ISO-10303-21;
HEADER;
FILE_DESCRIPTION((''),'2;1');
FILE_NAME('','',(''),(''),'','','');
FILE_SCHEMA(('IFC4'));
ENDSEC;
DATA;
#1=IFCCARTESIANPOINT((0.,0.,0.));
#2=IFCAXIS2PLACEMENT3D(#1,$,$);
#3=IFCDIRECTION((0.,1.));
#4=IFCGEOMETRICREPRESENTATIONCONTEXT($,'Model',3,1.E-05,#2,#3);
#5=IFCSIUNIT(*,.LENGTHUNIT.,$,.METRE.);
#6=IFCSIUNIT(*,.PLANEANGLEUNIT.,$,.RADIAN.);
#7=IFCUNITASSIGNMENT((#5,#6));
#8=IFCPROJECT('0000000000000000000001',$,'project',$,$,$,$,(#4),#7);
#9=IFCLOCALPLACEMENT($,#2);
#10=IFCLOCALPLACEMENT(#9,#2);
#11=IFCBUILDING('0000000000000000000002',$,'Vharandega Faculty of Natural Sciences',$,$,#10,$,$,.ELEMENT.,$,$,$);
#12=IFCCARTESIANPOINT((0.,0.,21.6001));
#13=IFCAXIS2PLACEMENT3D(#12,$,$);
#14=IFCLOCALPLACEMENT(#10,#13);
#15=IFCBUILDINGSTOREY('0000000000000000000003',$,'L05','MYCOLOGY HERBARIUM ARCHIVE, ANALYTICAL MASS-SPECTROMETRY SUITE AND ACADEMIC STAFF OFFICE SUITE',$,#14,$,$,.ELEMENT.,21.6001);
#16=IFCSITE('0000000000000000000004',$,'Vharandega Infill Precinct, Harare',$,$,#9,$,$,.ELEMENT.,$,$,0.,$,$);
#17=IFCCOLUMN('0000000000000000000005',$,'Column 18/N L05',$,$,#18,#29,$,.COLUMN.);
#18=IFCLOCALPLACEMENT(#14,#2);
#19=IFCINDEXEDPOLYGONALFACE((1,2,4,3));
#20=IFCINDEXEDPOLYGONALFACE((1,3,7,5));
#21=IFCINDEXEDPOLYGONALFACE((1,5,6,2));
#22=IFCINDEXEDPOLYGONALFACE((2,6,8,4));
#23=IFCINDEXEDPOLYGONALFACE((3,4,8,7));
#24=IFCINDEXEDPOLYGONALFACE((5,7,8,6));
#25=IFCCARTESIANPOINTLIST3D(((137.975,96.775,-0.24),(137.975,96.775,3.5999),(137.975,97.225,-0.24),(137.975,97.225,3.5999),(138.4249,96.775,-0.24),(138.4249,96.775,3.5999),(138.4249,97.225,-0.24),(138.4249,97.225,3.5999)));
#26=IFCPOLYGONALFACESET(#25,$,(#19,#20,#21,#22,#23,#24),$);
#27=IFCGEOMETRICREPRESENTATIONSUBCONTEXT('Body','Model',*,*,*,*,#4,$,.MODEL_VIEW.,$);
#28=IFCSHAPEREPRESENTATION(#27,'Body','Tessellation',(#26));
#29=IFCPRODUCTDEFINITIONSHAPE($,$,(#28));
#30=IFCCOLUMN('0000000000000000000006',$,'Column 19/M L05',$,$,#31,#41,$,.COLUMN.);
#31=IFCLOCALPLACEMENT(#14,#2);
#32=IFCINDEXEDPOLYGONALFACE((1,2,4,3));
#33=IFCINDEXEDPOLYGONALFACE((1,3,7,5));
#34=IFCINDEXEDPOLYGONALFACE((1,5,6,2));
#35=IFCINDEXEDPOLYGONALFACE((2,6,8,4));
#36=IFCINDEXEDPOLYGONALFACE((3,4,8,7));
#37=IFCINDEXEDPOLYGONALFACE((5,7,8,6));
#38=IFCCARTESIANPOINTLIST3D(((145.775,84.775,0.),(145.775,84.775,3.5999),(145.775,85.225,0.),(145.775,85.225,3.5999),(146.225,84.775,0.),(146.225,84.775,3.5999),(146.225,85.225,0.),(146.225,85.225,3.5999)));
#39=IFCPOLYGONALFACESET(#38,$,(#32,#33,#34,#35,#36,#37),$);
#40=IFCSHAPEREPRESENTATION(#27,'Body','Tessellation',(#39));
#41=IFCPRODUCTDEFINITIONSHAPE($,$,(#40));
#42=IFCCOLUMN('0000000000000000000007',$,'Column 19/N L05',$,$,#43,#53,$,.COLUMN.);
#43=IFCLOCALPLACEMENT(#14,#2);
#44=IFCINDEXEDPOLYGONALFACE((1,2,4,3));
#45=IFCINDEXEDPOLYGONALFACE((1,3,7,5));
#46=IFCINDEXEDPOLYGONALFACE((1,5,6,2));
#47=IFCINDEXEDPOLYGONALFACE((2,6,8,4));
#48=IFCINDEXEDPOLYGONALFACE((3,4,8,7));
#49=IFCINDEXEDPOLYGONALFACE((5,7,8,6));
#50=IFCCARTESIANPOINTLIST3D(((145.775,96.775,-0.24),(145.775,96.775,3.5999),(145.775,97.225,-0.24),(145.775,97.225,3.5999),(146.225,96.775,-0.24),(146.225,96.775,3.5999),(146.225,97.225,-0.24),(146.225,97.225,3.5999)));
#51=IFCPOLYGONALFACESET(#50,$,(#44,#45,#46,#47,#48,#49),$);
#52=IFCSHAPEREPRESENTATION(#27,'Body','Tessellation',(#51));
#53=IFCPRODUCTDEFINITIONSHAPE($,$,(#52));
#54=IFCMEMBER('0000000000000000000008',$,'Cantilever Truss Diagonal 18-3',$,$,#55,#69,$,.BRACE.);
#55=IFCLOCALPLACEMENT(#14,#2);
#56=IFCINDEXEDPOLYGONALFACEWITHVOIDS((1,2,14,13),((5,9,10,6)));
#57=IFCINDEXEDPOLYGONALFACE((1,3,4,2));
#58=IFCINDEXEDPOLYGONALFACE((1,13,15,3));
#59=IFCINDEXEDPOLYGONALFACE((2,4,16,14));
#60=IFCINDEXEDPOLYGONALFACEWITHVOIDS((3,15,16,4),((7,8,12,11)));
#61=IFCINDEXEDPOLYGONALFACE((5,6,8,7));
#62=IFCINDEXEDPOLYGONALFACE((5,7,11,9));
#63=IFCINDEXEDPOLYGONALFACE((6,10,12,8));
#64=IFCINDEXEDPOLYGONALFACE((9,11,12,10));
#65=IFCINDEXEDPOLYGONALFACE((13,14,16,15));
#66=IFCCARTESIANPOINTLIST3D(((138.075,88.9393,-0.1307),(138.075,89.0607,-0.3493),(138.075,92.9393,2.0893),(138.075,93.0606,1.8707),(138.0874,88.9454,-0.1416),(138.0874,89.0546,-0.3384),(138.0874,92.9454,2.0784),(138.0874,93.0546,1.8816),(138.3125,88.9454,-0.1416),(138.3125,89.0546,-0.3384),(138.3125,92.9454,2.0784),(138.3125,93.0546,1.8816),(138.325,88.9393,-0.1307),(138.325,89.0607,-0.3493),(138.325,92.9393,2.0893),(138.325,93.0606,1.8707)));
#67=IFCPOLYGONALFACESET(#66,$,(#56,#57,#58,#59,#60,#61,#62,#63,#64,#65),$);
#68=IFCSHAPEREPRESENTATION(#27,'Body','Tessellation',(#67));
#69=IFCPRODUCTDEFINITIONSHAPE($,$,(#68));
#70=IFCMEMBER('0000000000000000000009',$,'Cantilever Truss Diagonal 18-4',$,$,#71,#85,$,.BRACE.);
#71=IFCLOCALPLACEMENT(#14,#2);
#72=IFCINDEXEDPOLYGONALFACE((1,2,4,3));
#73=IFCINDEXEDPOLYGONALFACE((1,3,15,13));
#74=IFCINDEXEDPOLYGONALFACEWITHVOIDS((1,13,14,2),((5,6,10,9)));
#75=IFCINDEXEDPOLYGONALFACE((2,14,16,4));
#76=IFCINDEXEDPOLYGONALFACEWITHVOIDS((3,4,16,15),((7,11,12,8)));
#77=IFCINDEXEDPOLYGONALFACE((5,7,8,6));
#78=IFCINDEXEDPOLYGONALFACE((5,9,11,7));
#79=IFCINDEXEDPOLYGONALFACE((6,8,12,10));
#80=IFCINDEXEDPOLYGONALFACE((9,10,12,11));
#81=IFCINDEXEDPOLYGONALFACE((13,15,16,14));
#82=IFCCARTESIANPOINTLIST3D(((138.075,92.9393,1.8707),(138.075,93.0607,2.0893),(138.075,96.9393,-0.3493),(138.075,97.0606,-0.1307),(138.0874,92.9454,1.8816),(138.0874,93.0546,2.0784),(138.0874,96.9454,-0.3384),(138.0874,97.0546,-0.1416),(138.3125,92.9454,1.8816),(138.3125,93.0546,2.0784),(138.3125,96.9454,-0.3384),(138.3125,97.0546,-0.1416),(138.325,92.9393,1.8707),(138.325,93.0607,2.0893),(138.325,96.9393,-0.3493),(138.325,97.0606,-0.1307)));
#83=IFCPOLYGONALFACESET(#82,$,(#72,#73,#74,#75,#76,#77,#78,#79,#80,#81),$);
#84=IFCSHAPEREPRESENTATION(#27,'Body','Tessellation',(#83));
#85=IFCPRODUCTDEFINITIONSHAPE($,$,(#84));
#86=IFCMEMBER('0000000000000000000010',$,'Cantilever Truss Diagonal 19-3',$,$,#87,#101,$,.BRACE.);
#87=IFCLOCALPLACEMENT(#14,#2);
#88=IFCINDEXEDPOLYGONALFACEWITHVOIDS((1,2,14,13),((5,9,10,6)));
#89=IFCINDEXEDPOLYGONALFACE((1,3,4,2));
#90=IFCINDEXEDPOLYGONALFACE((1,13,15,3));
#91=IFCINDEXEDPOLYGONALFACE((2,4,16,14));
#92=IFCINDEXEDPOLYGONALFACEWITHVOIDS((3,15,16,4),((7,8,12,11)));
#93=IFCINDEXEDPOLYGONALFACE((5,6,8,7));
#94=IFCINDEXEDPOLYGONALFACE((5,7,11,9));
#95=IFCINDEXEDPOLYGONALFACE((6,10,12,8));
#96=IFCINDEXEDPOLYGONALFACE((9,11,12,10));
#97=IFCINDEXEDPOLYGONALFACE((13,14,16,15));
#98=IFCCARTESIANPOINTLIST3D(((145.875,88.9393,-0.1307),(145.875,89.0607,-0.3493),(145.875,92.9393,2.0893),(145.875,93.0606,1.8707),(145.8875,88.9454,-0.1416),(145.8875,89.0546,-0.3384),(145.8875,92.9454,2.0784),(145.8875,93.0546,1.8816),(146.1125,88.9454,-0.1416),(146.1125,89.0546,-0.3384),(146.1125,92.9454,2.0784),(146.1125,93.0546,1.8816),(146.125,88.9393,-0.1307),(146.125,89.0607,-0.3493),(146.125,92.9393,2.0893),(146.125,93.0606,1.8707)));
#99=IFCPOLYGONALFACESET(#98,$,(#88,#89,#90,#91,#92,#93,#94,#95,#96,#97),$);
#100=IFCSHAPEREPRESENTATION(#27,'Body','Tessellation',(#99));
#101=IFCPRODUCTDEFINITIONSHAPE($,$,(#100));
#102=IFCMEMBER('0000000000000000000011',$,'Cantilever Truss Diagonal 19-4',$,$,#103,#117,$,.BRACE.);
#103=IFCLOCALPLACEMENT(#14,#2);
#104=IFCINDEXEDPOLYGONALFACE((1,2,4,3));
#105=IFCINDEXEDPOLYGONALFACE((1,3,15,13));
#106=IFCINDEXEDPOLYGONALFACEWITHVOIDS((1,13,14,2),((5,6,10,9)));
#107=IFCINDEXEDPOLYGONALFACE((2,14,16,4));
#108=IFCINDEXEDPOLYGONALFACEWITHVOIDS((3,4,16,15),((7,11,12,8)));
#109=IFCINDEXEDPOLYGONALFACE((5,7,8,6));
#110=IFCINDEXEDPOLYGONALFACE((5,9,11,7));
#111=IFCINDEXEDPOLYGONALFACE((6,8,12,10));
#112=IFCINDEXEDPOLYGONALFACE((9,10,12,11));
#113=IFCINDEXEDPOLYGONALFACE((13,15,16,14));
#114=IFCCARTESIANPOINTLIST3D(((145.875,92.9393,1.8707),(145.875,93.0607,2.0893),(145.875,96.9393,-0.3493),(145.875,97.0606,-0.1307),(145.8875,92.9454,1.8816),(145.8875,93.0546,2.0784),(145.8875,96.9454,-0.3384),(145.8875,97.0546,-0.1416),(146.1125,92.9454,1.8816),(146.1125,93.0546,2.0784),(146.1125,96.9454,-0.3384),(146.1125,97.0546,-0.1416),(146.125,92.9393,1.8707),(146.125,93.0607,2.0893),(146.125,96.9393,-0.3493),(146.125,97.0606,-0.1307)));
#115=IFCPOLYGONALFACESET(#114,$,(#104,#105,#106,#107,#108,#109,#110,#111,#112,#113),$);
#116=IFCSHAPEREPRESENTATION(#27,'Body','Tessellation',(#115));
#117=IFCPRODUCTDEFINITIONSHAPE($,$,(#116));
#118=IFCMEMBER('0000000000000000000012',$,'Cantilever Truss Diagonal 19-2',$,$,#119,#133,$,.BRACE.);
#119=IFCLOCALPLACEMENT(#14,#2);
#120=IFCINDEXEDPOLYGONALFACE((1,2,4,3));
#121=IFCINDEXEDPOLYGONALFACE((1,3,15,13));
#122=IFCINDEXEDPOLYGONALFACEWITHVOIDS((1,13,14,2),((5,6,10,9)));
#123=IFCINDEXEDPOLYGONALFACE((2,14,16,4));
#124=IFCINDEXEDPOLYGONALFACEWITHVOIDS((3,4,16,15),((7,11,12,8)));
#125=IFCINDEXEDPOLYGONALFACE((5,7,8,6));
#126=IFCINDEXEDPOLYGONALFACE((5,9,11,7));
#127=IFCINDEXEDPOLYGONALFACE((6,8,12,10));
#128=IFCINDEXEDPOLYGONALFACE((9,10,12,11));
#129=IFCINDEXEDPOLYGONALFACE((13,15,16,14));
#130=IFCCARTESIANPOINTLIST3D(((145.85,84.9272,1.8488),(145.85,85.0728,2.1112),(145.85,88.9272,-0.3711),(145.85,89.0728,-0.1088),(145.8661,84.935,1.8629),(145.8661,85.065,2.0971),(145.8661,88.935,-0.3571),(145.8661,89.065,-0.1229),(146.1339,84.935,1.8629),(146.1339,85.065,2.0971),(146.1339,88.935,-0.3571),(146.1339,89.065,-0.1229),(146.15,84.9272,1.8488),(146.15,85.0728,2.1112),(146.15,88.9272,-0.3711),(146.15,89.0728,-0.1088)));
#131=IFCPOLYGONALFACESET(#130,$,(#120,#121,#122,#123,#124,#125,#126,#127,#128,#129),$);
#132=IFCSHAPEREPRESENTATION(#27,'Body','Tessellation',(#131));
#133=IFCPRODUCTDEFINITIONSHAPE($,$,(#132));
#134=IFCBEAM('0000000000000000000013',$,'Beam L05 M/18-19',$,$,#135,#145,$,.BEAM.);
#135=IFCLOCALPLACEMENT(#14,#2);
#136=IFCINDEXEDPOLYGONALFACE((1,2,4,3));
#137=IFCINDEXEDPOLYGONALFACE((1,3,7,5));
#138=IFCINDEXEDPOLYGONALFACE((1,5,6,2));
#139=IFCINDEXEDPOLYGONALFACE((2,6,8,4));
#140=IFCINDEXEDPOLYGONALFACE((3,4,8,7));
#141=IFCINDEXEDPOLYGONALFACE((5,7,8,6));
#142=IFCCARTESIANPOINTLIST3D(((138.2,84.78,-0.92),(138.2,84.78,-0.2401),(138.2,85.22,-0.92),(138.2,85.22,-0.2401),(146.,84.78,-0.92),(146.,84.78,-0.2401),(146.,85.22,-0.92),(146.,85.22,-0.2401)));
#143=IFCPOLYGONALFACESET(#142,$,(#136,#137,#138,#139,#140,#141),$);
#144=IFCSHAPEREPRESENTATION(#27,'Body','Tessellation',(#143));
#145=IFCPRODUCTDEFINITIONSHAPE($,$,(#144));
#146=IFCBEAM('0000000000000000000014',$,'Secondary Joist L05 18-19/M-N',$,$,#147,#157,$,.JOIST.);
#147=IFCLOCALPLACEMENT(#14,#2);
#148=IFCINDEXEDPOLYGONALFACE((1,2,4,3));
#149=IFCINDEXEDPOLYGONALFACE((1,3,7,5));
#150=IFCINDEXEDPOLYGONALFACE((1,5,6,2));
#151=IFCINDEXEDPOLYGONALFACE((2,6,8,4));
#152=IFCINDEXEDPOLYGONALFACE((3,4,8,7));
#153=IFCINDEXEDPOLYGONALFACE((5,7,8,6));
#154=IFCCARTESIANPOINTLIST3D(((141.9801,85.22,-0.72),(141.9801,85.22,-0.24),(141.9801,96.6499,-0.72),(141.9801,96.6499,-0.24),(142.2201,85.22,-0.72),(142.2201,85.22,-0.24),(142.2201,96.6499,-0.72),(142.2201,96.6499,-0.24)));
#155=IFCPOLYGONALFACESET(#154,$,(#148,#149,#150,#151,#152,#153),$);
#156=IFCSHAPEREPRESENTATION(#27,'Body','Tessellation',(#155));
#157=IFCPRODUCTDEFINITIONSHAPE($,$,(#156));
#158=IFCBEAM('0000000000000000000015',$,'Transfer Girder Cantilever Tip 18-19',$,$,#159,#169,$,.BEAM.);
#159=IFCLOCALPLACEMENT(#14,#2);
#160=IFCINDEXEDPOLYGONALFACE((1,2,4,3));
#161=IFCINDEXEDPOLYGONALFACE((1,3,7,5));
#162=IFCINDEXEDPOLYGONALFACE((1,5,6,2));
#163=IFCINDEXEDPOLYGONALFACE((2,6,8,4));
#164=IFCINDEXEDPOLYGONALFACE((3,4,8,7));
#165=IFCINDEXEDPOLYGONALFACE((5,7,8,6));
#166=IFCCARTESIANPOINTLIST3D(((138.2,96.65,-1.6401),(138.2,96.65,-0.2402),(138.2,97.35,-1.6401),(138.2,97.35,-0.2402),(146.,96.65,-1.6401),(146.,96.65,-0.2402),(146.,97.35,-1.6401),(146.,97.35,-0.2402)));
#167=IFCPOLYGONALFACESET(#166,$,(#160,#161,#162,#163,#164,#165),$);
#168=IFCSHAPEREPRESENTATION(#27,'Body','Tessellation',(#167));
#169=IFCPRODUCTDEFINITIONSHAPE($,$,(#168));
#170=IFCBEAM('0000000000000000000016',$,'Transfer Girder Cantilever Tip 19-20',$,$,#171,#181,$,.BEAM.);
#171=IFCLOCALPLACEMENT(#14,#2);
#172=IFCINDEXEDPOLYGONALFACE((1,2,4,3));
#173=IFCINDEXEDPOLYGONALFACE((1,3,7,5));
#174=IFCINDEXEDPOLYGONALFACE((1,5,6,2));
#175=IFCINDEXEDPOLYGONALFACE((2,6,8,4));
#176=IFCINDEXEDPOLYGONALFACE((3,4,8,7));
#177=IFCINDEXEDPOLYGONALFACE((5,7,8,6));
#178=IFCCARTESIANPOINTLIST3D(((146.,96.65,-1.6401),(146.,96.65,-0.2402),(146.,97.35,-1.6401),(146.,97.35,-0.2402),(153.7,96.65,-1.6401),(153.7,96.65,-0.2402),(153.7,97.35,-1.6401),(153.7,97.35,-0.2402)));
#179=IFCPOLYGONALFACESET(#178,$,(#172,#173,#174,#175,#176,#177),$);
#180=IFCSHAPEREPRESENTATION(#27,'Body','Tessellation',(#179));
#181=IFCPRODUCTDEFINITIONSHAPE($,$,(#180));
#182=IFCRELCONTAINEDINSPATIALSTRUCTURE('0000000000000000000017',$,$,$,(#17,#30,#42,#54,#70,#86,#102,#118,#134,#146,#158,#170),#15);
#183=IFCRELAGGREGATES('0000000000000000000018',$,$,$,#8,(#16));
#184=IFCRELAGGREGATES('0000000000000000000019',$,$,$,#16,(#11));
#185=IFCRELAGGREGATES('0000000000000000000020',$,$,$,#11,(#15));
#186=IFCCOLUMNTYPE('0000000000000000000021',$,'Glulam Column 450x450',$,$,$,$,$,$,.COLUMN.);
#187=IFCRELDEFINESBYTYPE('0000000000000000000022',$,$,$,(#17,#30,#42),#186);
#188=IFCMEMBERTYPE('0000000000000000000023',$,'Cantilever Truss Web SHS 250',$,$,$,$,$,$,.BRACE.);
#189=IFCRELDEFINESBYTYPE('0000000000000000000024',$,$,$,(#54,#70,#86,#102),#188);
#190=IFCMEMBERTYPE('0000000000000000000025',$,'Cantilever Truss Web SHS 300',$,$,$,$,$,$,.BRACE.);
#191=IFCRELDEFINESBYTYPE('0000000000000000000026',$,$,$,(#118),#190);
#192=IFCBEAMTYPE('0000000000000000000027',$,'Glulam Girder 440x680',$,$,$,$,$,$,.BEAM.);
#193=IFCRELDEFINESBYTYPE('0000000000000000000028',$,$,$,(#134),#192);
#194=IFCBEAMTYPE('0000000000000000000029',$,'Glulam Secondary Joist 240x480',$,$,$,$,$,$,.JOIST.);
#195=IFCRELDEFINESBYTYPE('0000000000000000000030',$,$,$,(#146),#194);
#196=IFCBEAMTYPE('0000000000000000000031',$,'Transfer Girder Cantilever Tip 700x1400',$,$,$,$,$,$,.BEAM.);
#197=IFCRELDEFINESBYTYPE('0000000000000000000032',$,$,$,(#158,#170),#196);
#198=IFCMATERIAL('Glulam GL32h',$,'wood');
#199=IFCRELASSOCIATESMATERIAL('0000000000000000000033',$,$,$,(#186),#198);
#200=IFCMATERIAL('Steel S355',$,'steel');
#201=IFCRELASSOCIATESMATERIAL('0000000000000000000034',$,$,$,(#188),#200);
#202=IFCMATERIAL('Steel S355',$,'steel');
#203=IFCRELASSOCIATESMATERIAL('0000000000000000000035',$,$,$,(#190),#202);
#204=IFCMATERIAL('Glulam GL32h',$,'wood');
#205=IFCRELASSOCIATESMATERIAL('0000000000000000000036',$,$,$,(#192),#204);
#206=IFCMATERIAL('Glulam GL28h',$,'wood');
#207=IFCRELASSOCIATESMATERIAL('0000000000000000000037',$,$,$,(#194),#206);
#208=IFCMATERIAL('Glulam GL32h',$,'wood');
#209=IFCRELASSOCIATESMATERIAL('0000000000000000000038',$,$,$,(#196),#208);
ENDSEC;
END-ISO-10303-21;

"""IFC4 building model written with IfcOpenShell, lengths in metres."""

from ifc_helpers import new_model, si_unit, direction, frame, origin, origin_2d, place, context, subcontext, project, spatial, rectangle, hollow_rectangle, extrude, material, material_profile, profile_set, type_object, element, save


model = new_model("IFC4")

# Units and contexts
model_context = context("Model", 3, precision=1e-05, world=origin(), true_north=direction((0.0, 1.0)))
body_context = subcontext(model_context, "Body", "Model", "MODEL_VIEW")
ifc_project = project(units=[si_unit("LENGTHUNIT", "METRE"), si_unit("PLANEANGLEUNIT", "RADIAN")], contexts=[model_context])

# Site, building, storey
site_placement = place(None, origin())
site = spatial("IfcSite", under=ifc_project, at=site_placement, Name="Vharandega Infill Precinct, Harare", CompositionType="ELEMENT", RefElevation=0.0)
building_placement = place(site_placement, origin())
building = spatial("IfcBuilding", under=site, at=building_placement, Name="Vharandega Faculty of Natural Sciences", CompositionType="ELEMENT")
storey_placement = place(building_placement, frame((0.0, 0.0, 21.6001)))
storey = spatial("IfcBuildingStorey", under=building, at=storey_placement, Name="L05", Description="MYCOLOGY HERBARIUM ARCHIVE, ANALYTICAL MASS-SPECTROMETRY SUITE AND ACADEMIC STAFF OFFICE SUITE", CompositionType="ELEMENT", Elevation=21.6001)

# Columns
ifc_material_1 = material(Name="Glulam GL32h", Category="wood")
ifc_material_profile_1 = material_profile(ifc_material_1, rectangle(XDim=0.45, YDim=0.45, at=origin_2d()), Name="GL32h 450x450")
ifc_profile_set_1 = profile_set([ifc_material_profile_1], Name="Glulam GL32h")
column_type = type_object("IfcColumnType", Name="Glulam Column 450x450", PredefinedType="COLUMN", material=ifc_profile_set_1)
column_1_placement = place(storey_placement, frame((138.2, 97.0, -0.24), z_axis=(0.0, 0.0, 1.0), x_axis=(1.0, 0.0, 0.0)))
element("IfcColumn", 1, at=column_1_placement, inside=storey, type_object=column_type, Name="Column 18/N L05", PredefinedType="COLUMN", context=body_context, shape_type="SweptSolid", body=[
    extrude(rectangle(XDim=0.45, YDim=0.45, at=origin_2d()), origin(), (0.0, 0.0, 1.0), 3.8398),
])
column_2_placement = place(storey_placement, frame((146.0, 85.0, 0.0), z_axis=(0.0, 0.0, 1.0), x_axis=(1.0, 0.0, 0.0)))
element("IfcColumn", 2, at=column_2_placement, inside=storey, type_object=column_type, Name="Column 19/M L05", PredefinedType="COLUMN", context=body_context, shape_type="SweptSolid", body=[
    extrude(rectangle(XDim=0.45, YDim=0.45, at=origin_2d()), origin(), (0.0, 0.0, 1.0), 3.5999),
])
column_3_placement = place(storey_placement, frame((146.0, 97.0, -0.24), z_axis=(0.0, 0.0, 1.0), x_axis=(1.0, 0.0, 0.0)))
element("IfcColumn", 3, at=column_3_placement, inside=storey, type_object=column_type, Name="Column 19/N L05", PredefinedType="COLUMN", context=body_context, shape_type="SweptSolid", body=[
    extrude(rectangle(XDim=0.45, YDim=0.45, at=origin_2d()), origin(), (0.0, 0.0, 1.0), 3.8398),
])

# Members
ifc_material_2 = material(Name="Steel S355", Category="steel")
ifc_material_profile_2 = material_profile(ifc_material_2, hollow_rectangle(XDim=0.25, YDim=0.25, WallThickness=0.0125, at=origin_2d()), Name="SHS 250x250x12.5")
ifc_profile_set_2 = profile_set([ifc_material_profile_2], Name="Steel S355")
member_type_1 = type_object("IfcMemberType", Name="Cantilever Truss Web SHS 250", PredefinedType="BRACE", material=ifc_profile_set_2)
for number, where, z_axis, x_axis, name in (
    (4, (138.2, 89.0, -0.24), (0.0, 0.874366, 0.485267), (-1.0, 0.0, 0.0), "Cantilever Truss Diagonal 18-3"),
    (5, (138.2, 93.0, 1.98), (0.0, 0.874366, -0.485267), (-1.0, 0.0, 0.0), "Cantilever Truss Diagonal 18-4"),
    (6, (146.0, 89.0, -0.24), (0.0, 0.874366, 0.485267), (-1.0, 0.0, 0.0), "Cantilever Truss Diagonal 19-3"),
    (7, (146.0, 93.0, 1.98), (0.0, 0.874366, -0.485267), (-1.0, 0.0, 0.0), "Cantilever Truss Diagonal 19-4"),
):
    element("IfcMember", number, at=place(storey_placement, frame(where, z_axis=z_axis, x_axis=x_axis)), inside=storey, type_object=member_type_1, Name=name, PredefinedType="BRACE", context=body_context, shape_type="SweptSolid", body=[
        extrude(hollow_rectangle(XDim=0.25, YDim=0.25, WallThickness=0.0125, at=origin_2d()), origin(), (0.0, 0.0, 1.0), 4.5747),
    ])
ifc_material_3 = material(Name="Steel S355", Category="steel")
ifc_material_profile_3 = material_profile(ifc_material_3, hollow_rectangle(XDim=0.3, YDim=0.3, WallThickness=0.0161, at=origin_2d()), Name="SHS 300x300x16")
ifc_profile_set_3 = profile_set([ifc_material_profile_3], Name="Steel S355")
member_type_2 = type_object("IfcMemberType", Name="Cantilever Truss Web SHS 300", PredefinedType="BRACE", material=ifc_profile_set_3)
member_placement = place(storey_placement, frame((146.0, 85.0, 1.98), z_axis=(0.0, 0.874366, -0.485267), x_axis=(-1.0, 0.0, 0.0)))
element("IfcMember", 8, at=member_placement, inside=storey, type_object=member_type_2, Name="Cantilever Truss Diagonal 19-2", PredefinedType="BRACE", context=body_context, shape_type="SweptSolid", body=[
    extrude(hollow_rectangle(XDim=0.3, YDim=0.3, WallThickness=0.0161, at=origin_2d()), origin(), (0.0, 0.0, 1.0), 4.5747),
])

# Beams
ifc_material_4 = material(Name="Glulam GL32h", Category="wood")
ifc_material_profile_4 = material_profile(ifc_material_4, rectangle(XDim=0.4399, YDim=0.6799, at=origin_2d()), Name="GL32h 440x680")
ifc_profile_set_4 = profile_set([ifc_material_profile_4], Name="Glulam GL32h")
beam_type_1 = type_object("IfcBeamType", Name="Glulam Girder 440x680", PredefinedType="BEAM", material=ifc_profile_set_4)
beam_1_placement = place(storey_placement, frame((138.2, 85.0, -0.5801), z_axis=(1.0, 0.0, 0.0), x_axis=(0.0, 1.0, 0.0)))
element("IfcBeam", 9, at=beam_1_placement, inside=storey, type_object=beam_type_1, Name="Beam L05 M/18-19", PredefinedType="BEAM", context=body_context, shape_type="SweptSolid", body=[
    extrude(rectangle(XDim=0.4399, YDim=0.6799, at=origin_2d()), origin(), (0.0, 0.0, 1.0), 7.8),
])
ifc_material_5 = material(Name="Glulam GL28h", Category="wood")
ifc_material_profile_5 = material_profile(ifc_material_5, rectangle(XDim=0.24, YDim=0.48, at=origin_2d()), Name="GL28h 240x480")
ifc_profile_set_5 = profile_set([ifc_material_profile_5], Name="Glulam GL28h")
beam_type_2 = type_object("IfcBeamType", Name="Glulam Secondary Joist 240x480", PredefinedType="JOIST", material=ifc_profile_set_5)
beam_2_placement = place(storey_placement, frame((142.1001, 85.22, -0.48), z_axis=(0.0, 1.0, 0.0), x_axis=(-1.0, 0.0, 0.0)))
element("IfcBeam", 10, at=beam_2_placement, inside=storey, type_object=beam_type_2, Name="Secondary Joist L05 18-19/M-N", PredefinedType="JOIST", context=body_context, shape_type="SweptSolid", body=[
    extrude(rectangle(XDim=0.24, YDim=0.48, at=origin_2d()), origin(), (0.0, 0.0, 1.0), 11.4299),
])
ifc_material_6 = material(Name="Glulam GL32h", Category="wood")
ifc_material_profile_6 = material_profile(ifc_material_6, rectangle(XDim=0.7, YDim=1.3999, at=origin_2d()), Name="GL32h 700x1400")
ifc_profile_set_6 = profile_set([ifc_material_profile_6], Name="Glulam GL32h")
beam_type_3 = type_object("IfcBeamType", Name="Transfer Girder Cantilever Tip 700x1400", PredefinedType="BEAM", material=ifc_profile_set_6)
beam_3_placement = place(storey_placement, frame((138.2, 97.0, -0.9402), z_axis=(1.0, 0.0, 0.0), x_axis=(0.0, 1.0, 0.0)))
element("IfcBeam", 11, at=beam_3_placement, inside=storey, type_object=beam_type_3, Name="Transfer Girder Cantilever Tip 18-19", PredefinedType="BEAM", context=body_context, shape_type="SweptSolid", body=[
    extrude(rectangle(XDim=0.7, YDim=1.3999, at=origin_2d()), origin(), (0.0, 0.0, 1.0), 7.8),
])
beam_4_placement = place(storey_placement, frame((146.0, 97.0, -0.9402), z_axis=(1.0, 0.0, 0.0), x_axis=(0.0, 1.0, 0.0)))
element("IfcBeam", 12, at=beam_4_placement, inside=storey, type_object=beam_type_3, Name="Transfer Girder Cantilever Tip 19-20", PredefinedType="BEAM", context=body_context, shape_type="SweptSolid", body=[
    extrude(rectangle(XDim=0.7, YDim=1.3999, at=origin_2d()), origin(), (0.0, 0.0, 1.0), 7.7),
])

save(model, "model.ifc")
